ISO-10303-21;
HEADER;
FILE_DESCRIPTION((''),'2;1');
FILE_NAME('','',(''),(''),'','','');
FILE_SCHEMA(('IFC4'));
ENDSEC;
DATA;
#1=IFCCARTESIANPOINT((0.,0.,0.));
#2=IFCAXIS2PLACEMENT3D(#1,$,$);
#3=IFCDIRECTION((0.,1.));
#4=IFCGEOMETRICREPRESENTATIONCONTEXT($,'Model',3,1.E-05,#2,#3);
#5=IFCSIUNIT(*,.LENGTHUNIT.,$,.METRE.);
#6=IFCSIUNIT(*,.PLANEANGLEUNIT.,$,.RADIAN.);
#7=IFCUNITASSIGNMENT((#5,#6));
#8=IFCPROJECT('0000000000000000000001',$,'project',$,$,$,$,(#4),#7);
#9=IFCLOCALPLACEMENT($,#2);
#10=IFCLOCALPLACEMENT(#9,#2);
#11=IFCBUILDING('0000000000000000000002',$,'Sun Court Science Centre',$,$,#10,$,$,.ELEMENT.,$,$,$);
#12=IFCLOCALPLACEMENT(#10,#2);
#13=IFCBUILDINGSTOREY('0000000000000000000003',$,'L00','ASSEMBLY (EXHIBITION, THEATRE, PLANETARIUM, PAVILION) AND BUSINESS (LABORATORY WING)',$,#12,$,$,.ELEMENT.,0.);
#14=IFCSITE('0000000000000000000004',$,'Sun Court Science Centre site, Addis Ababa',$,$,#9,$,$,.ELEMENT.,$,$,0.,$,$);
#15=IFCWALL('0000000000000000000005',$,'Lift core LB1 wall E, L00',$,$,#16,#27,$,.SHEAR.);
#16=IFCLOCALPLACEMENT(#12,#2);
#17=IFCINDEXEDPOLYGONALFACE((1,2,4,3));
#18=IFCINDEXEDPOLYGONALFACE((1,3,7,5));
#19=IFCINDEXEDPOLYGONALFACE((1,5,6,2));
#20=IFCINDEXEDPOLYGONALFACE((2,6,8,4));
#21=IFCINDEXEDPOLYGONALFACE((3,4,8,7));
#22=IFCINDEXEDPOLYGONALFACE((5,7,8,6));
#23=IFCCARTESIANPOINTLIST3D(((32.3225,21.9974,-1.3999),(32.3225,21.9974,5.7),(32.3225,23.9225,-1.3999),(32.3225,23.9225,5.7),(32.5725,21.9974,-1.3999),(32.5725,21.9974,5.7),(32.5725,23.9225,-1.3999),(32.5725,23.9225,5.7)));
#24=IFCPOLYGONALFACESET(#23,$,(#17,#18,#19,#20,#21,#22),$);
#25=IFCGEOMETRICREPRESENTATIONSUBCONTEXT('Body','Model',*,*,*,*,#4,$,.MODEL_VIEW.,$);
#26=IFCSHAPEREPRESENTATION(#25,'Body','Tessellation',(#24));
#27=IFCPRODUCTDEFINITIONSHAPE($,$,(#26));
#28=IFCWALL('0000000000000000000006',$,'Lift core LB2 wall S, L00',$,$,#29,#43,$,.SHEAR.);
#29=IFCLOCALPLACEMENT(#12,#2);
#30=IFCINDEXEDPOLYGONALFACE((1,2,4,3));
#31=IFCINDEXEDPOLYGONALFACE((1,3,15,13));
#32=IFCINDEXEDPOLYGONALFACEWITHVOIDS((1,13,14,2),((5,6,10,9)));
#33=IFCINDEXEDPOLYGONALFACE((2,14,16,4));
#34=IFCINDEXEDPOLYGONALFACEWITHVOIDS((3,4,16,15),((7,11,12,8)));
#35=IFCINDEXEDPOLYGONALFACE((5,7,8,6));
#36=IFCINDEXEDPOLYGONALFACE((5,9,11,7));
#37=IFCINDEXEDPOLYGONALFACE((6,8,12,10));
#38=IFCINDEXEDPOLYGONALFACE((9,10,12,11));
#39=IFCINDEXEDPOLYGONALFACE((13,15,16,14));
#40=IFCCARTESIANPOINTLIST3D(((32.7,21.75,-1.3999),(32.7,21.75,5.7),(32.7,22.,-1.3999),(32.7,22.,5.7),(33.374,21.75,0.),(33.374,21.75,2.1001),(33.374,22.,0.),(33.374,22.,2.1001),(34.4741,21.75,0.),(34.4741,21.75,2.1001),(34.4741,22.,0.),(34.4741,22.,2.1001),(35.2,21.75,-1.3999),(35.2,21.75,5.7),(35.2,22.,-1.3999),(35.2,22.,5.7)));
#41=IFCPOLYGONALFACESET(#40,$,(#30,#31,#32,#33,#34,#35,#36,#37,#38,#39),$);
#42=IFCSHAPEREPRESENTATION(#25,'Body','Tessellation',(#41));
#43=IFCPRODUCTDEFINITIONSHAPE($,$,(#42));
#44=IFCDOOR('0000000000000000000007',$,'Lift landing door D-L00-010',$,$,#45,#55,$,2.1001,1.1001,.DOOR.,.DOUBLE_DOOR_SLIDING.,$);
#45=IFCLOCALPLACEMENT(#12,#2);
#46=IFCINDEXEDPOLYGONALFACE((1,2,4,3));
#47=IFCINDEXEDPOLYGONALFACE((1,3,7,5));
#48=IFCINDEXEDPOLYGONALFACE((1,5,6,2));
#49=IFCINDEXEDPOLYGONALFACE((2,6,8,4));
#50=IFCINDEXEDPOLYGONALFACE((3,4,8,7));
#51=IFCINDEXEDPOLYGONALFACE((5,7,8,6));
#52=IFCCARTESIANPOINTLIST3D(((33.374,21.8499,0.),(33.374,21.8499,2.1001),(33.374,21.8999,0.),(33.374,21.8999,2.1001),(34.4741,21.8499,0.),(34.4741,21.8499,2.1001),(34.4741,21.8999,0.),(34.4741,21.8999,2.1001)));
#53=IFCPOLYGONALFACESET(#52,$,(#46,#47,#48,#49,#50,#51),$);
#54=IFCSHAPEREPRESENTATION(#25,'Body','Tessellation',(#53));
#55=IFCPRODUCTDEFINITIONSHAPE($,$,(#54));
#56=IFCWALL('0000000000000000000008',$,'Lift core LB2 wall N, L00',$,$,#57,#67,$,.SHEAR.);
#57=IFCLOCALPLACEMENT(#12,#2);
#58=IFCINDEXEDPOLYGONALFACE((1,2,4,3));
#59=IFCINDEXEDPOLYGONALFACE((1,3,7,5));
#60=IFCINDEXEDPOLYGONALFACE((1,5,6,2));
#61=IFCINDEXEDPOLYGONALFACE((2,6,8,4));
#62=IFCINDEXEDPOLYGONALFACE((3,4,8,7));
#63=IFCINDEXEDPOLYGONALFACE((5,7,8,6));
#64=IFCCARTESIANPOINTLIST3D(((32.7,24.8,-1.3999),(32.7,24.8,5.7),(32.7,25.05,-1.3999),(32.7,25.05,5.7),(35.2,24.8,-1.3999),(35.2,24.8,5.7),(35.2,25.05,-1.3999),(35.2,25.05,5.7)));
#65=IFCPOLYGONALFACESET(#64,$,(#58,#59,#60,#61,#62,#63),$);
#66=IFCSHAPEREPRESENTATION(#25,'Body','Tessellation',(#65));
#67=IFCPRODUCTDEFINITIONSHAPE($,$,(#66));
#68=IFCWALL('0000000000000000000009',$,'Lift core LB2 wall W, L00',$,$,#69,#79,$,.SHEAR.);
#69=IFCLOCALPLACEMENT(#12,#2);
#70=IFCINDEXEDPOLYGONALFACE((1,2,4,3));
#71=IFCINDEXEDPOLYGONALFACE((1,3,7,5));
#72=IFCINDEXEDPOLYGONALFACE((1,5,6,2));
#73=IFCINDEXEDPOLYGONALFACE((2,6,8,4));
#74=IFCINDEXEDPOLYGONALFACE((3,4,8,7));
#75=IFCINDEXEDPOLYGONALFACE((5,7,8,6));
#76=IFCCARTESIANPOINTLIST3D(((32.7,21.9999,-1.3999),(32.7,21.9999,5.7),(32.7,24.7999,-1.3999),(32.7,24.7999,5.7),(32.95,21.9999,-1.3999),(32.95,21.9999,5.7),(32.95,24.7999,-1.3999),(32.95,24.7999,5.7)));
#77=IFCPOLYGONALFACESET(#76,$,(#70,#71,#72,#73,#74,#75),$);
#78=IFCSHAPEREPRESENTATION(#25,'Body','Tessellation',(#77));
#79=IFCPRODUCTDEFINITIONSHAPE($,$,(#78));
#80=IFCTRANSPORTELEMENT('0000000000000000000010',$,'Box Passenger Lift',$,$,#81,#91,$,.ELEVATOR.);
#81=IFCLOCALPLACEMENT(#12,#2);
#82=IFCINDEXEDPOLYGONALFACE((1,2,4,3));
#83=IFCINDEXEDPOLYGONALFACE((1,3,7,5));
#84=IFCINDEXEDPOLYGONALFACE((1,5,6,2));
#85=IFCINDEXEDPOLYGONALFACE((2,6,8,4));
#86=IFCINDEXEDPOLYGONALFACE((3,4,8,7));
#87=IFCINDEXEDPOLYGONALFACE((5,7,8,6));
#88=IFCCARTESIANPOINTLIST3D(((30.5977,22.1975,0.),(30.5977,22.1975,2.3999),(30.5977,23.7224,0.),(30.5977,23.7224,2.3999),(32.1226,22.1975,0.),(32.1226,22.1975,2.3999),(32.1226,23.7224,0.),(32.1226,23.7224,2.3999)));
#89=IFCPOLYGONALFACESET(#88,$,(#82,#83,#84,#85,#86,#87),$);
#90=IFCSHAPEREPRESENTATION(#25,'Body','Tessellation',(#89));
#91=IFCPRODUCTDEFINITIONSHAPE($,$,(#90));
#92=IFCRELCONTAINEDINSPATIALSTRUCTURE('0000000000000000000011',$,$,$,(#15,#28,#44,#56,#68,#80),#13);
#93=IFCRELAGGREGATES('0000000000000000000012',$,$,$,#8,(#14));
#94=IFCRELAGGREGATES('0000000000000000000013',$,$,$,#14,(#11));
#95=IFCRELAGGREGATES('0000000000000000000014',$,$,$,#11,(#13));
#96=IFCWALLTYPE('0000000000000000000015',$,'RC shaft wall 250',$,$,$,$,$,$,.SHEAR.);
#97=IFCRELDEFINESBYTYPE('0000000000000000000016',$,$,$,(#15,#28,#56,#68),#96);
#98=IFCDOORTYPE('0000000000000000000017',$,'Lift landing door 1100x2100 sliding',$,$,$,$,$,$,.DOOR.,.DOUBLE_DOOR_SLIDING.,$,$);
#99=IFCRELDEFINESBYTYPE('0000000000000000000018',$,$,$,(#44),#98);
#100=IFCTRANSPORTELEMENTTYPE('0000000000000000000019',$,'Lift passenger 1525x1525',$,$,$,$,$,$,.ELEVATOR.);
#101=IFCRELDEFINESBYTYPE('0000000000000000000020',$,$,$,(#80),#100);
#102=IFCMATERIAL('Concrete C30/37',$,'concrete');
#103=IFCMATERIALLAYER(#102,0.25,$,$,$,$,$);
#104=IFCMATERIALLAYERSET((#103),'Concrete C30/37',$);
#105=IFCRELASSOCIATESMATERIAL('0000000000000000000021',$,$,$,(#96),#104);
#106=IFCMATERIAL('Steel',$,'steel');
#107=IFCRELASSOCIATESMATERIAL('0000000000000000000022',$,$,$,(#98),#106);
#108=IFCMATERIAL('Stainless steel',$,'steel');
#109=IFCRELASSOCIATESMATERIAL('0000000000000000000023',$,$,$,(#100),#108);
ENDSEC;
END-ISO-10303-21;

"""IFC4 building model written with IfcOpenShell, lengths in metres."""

from ifc_helpers import new_model, si_unit, direction, frame, frame_2d, origin, origin_2d, place, context, subcontext, project, spatial, rectangle, extrude, material, layer, layer_set, type_object, element, fill, save


model = new_model("IFC4")

# Units and contexts
model_context = context("Model", 3, precision=1e-05, world=origin(), true_north=direction((0.0, 1.0)))
body_context = subcontext(model_context, "Body", "Model", "MODEL_VIEW")
ifc_project = project(units=[si_unit("LENGTHUNIT", "METRE"), si_unit("PLANEANGLEUNIT", "RADIAN")], contexts=[model_context])

# Site, building, storey
site_placement = place(None, origin())
site = spatial("IfcSite", under=ifc_project, at=site_placement, Name="Sun Court Science Centre site, Addis Ababa", CompositionType="ELEMENT", RefElevation=0.0)
building_placement = place(site_placement, origin())
building = spatial("IfcBuilding", under=site, at=building_placement, Name="Sun Court Science Centre", CompositionType="ELEMENT")
storey_placement = place(building_placement, origin())
storey = spatial("IfcBuildingStorey", under=building, at=storey_placement, Name="L00", Description="ASSEMBLY (EXHIBITION, THEATRE, PLANETARIUM, PAVILION) AND BUSINESS (LABORATORY WING)", CompositionType="ELEMENT", Elevation=0.0)

# Wall
ifc_material_1 = material(Name="Concrete C30/37", Category="concrete")
ifc_layer_1 = layer(ifc_material_1, 0.25)
ifc_layer_set_1 = layer_set([ifc_layer_1], Name="Concrete C30/37")
wall_type = type_object("IfcWallType", Name="RC shaft wall 250", PredefinedType="SHEAR", material=ifc_layer_set_1)
wall_1_placement = place(storey_placement, frame((32.4475, 21.9976, -1.3999), z_axis=(0.0, 0.0, 1.0), x_axis=(0.0, 1.0, 0.0)))
element("IfcWall", 1, at=wall_1_placement, inside=storey, type_object=wall_type, Name="Lift core LB1 wall E, L00", PredefinedType="SHEAR", context=body_context, shape_type="SweptSolid", body=[
    extrude(rectangle(XDim=1.925, YDim=0.25, at=frame_2d((0.9624, 0.0))), origin(), (0.0, 0.0, 1.0), 7.0999),
])

# Wall, opening, door
wall_2_placement = place(storey_placement, frame((32.7, 21.875, -1.3999), z_axis=(0.0, 0.0, 1.0), x_axis=(1.0, 0.0, 0.0)))
wall_2 = element("IfcWall", 2, at=wall_2_placement, inside=storey, type_object=wall_type, Name="Lift core LB2 wall S, L00", PredefinedType="SHEAR", context=body_context, shape_type="SweptSolid", body=[
    extrude(rectangle(XDim=2.5, YDim=0.25, at=frame_2d((1.25, 0.0))), origin(), (0.0, 0.0, 1.0), 7.0999),
])
opening_placement = place(wall_2_placement, frame((0.6741, 0.0, 1.3999)))
opening = element("IfcOpeningElement", 3, at=opening_placement, cuts=wall_2, PredefinedType="OPENING", context=body_context, shape_type="SweptSolid", body=[
    extrude(rectangle(XDim=1.1001, YDim=2.1001, at=frame_2d((0.55, 1.05))), frame((0.0, 0.135, 0.0), z_axis=(0.0, -1.0, 0.0), x_axis=(1.0, 0.0, 0.0)), (0.0, 0.0, 1.0), 0.27),
])
ifc_material_2 = material(Name="Steel", Category="steel")
door_type = type_object("IfcDoorType", Name="Lift landing door 1100x2100 sliding", OperationType="DOUBLE_DOOR_SLIDING", PredefinedType="DOOR", material=ifc_material_2)
door_placement = place(opening_placement, origin())
door = element("IfcDoor", 4, at=door_placement, inside=storey, type_object=door_type, Name="Lift landing door D-L00-010", OperationType="DOUBLE_DOOR_SLIDING", OverallHeight=2.1001, OverallWidth=1.1001, PredefinedType="DOOR", context=body_context, shape_type="SweptSolid", body=[
    extrude(rectangle(XDim=1.1001, YDim=2.1001, at=frame_2d((0.55, 1.05))), frame((0.0, 0.0249, 0.0), z_axis=(0.0, -1.0, 0.0), x_axis=(1.0, 0.0, 0.0)), (0.0, 0.0, 1.0), 0.05),
])
fill(opening, door)

# Walls
wall_3_placement = place(storey_placement, frame((32.7, 24.925, -1.3999), z_axis=(0.0, 0.0, 1.0), x_axis=(1.0, 0.0, 0.0)))
element("IfcWall", 5, at=wall_3_placement, inside=storey, type_object=wall_type, Name="Lift core LB2 wall N, L00", PredefinedType="SHEAR", context=body_context, shape_type="SweptSolid", body=[
    extrude(rectangle(XDim=2.5, YDim=0.25, at=frame_2d((1.25, 0.0))), origin(), (0.0, 0.0, 1.0), 7.0999),
])
wall_4_placement = place(storey_placement, frame((32.825, 22.0, -1.3999), z_axis=(0.0, 0.0, 1.0), x_axis=(0.0, 1.0, 0.0)))
element("IfcWall", 6, at=wall_4_placement, inside=storey, type_object=wall_type, Name="Lift core LB2 wall W, L00", PredefinedType="SHEAR", context=body_context, shape_type="SweptSolid", body=[
    extrude(rectangle(XDim=2.8, YDim=0.25, at=frame_2d((1.3999, 0.0))), origin(), (0.0, 0.0, 1.0), 7.0999),
])

# Transport element
ifc_material_3 = material(Name="Stainless steel", Category="steel")
transport_element_type = type_object("IfcTransportElementType", Name="Lift passenger 1525x1525", PredefinedType="ELEVATOR", material=ifc_material_3)
transport_element_placement = place(storey_placement, frame((31.3601, 22.96, 0.0), z_axis=(0.0, 0.0, 1.0), x_axis=(1.0, 0.0, 0.0)))
element("IfcTransportElement", 7, at=transport_element_placement, inside=storey, type_object=transport_element_type, Name="Box Passenger Lift", PredefinedType="ELEVATOR", context=body_context, shape_type="SweptSolid", body=[
    extrude(rectangle(XDim=1.5249, YDim=1.5249, at=origin_2d()), origin(), (0.0, 0.0, 1.0), 2.3999),
])

save(model, "model.ifc")
